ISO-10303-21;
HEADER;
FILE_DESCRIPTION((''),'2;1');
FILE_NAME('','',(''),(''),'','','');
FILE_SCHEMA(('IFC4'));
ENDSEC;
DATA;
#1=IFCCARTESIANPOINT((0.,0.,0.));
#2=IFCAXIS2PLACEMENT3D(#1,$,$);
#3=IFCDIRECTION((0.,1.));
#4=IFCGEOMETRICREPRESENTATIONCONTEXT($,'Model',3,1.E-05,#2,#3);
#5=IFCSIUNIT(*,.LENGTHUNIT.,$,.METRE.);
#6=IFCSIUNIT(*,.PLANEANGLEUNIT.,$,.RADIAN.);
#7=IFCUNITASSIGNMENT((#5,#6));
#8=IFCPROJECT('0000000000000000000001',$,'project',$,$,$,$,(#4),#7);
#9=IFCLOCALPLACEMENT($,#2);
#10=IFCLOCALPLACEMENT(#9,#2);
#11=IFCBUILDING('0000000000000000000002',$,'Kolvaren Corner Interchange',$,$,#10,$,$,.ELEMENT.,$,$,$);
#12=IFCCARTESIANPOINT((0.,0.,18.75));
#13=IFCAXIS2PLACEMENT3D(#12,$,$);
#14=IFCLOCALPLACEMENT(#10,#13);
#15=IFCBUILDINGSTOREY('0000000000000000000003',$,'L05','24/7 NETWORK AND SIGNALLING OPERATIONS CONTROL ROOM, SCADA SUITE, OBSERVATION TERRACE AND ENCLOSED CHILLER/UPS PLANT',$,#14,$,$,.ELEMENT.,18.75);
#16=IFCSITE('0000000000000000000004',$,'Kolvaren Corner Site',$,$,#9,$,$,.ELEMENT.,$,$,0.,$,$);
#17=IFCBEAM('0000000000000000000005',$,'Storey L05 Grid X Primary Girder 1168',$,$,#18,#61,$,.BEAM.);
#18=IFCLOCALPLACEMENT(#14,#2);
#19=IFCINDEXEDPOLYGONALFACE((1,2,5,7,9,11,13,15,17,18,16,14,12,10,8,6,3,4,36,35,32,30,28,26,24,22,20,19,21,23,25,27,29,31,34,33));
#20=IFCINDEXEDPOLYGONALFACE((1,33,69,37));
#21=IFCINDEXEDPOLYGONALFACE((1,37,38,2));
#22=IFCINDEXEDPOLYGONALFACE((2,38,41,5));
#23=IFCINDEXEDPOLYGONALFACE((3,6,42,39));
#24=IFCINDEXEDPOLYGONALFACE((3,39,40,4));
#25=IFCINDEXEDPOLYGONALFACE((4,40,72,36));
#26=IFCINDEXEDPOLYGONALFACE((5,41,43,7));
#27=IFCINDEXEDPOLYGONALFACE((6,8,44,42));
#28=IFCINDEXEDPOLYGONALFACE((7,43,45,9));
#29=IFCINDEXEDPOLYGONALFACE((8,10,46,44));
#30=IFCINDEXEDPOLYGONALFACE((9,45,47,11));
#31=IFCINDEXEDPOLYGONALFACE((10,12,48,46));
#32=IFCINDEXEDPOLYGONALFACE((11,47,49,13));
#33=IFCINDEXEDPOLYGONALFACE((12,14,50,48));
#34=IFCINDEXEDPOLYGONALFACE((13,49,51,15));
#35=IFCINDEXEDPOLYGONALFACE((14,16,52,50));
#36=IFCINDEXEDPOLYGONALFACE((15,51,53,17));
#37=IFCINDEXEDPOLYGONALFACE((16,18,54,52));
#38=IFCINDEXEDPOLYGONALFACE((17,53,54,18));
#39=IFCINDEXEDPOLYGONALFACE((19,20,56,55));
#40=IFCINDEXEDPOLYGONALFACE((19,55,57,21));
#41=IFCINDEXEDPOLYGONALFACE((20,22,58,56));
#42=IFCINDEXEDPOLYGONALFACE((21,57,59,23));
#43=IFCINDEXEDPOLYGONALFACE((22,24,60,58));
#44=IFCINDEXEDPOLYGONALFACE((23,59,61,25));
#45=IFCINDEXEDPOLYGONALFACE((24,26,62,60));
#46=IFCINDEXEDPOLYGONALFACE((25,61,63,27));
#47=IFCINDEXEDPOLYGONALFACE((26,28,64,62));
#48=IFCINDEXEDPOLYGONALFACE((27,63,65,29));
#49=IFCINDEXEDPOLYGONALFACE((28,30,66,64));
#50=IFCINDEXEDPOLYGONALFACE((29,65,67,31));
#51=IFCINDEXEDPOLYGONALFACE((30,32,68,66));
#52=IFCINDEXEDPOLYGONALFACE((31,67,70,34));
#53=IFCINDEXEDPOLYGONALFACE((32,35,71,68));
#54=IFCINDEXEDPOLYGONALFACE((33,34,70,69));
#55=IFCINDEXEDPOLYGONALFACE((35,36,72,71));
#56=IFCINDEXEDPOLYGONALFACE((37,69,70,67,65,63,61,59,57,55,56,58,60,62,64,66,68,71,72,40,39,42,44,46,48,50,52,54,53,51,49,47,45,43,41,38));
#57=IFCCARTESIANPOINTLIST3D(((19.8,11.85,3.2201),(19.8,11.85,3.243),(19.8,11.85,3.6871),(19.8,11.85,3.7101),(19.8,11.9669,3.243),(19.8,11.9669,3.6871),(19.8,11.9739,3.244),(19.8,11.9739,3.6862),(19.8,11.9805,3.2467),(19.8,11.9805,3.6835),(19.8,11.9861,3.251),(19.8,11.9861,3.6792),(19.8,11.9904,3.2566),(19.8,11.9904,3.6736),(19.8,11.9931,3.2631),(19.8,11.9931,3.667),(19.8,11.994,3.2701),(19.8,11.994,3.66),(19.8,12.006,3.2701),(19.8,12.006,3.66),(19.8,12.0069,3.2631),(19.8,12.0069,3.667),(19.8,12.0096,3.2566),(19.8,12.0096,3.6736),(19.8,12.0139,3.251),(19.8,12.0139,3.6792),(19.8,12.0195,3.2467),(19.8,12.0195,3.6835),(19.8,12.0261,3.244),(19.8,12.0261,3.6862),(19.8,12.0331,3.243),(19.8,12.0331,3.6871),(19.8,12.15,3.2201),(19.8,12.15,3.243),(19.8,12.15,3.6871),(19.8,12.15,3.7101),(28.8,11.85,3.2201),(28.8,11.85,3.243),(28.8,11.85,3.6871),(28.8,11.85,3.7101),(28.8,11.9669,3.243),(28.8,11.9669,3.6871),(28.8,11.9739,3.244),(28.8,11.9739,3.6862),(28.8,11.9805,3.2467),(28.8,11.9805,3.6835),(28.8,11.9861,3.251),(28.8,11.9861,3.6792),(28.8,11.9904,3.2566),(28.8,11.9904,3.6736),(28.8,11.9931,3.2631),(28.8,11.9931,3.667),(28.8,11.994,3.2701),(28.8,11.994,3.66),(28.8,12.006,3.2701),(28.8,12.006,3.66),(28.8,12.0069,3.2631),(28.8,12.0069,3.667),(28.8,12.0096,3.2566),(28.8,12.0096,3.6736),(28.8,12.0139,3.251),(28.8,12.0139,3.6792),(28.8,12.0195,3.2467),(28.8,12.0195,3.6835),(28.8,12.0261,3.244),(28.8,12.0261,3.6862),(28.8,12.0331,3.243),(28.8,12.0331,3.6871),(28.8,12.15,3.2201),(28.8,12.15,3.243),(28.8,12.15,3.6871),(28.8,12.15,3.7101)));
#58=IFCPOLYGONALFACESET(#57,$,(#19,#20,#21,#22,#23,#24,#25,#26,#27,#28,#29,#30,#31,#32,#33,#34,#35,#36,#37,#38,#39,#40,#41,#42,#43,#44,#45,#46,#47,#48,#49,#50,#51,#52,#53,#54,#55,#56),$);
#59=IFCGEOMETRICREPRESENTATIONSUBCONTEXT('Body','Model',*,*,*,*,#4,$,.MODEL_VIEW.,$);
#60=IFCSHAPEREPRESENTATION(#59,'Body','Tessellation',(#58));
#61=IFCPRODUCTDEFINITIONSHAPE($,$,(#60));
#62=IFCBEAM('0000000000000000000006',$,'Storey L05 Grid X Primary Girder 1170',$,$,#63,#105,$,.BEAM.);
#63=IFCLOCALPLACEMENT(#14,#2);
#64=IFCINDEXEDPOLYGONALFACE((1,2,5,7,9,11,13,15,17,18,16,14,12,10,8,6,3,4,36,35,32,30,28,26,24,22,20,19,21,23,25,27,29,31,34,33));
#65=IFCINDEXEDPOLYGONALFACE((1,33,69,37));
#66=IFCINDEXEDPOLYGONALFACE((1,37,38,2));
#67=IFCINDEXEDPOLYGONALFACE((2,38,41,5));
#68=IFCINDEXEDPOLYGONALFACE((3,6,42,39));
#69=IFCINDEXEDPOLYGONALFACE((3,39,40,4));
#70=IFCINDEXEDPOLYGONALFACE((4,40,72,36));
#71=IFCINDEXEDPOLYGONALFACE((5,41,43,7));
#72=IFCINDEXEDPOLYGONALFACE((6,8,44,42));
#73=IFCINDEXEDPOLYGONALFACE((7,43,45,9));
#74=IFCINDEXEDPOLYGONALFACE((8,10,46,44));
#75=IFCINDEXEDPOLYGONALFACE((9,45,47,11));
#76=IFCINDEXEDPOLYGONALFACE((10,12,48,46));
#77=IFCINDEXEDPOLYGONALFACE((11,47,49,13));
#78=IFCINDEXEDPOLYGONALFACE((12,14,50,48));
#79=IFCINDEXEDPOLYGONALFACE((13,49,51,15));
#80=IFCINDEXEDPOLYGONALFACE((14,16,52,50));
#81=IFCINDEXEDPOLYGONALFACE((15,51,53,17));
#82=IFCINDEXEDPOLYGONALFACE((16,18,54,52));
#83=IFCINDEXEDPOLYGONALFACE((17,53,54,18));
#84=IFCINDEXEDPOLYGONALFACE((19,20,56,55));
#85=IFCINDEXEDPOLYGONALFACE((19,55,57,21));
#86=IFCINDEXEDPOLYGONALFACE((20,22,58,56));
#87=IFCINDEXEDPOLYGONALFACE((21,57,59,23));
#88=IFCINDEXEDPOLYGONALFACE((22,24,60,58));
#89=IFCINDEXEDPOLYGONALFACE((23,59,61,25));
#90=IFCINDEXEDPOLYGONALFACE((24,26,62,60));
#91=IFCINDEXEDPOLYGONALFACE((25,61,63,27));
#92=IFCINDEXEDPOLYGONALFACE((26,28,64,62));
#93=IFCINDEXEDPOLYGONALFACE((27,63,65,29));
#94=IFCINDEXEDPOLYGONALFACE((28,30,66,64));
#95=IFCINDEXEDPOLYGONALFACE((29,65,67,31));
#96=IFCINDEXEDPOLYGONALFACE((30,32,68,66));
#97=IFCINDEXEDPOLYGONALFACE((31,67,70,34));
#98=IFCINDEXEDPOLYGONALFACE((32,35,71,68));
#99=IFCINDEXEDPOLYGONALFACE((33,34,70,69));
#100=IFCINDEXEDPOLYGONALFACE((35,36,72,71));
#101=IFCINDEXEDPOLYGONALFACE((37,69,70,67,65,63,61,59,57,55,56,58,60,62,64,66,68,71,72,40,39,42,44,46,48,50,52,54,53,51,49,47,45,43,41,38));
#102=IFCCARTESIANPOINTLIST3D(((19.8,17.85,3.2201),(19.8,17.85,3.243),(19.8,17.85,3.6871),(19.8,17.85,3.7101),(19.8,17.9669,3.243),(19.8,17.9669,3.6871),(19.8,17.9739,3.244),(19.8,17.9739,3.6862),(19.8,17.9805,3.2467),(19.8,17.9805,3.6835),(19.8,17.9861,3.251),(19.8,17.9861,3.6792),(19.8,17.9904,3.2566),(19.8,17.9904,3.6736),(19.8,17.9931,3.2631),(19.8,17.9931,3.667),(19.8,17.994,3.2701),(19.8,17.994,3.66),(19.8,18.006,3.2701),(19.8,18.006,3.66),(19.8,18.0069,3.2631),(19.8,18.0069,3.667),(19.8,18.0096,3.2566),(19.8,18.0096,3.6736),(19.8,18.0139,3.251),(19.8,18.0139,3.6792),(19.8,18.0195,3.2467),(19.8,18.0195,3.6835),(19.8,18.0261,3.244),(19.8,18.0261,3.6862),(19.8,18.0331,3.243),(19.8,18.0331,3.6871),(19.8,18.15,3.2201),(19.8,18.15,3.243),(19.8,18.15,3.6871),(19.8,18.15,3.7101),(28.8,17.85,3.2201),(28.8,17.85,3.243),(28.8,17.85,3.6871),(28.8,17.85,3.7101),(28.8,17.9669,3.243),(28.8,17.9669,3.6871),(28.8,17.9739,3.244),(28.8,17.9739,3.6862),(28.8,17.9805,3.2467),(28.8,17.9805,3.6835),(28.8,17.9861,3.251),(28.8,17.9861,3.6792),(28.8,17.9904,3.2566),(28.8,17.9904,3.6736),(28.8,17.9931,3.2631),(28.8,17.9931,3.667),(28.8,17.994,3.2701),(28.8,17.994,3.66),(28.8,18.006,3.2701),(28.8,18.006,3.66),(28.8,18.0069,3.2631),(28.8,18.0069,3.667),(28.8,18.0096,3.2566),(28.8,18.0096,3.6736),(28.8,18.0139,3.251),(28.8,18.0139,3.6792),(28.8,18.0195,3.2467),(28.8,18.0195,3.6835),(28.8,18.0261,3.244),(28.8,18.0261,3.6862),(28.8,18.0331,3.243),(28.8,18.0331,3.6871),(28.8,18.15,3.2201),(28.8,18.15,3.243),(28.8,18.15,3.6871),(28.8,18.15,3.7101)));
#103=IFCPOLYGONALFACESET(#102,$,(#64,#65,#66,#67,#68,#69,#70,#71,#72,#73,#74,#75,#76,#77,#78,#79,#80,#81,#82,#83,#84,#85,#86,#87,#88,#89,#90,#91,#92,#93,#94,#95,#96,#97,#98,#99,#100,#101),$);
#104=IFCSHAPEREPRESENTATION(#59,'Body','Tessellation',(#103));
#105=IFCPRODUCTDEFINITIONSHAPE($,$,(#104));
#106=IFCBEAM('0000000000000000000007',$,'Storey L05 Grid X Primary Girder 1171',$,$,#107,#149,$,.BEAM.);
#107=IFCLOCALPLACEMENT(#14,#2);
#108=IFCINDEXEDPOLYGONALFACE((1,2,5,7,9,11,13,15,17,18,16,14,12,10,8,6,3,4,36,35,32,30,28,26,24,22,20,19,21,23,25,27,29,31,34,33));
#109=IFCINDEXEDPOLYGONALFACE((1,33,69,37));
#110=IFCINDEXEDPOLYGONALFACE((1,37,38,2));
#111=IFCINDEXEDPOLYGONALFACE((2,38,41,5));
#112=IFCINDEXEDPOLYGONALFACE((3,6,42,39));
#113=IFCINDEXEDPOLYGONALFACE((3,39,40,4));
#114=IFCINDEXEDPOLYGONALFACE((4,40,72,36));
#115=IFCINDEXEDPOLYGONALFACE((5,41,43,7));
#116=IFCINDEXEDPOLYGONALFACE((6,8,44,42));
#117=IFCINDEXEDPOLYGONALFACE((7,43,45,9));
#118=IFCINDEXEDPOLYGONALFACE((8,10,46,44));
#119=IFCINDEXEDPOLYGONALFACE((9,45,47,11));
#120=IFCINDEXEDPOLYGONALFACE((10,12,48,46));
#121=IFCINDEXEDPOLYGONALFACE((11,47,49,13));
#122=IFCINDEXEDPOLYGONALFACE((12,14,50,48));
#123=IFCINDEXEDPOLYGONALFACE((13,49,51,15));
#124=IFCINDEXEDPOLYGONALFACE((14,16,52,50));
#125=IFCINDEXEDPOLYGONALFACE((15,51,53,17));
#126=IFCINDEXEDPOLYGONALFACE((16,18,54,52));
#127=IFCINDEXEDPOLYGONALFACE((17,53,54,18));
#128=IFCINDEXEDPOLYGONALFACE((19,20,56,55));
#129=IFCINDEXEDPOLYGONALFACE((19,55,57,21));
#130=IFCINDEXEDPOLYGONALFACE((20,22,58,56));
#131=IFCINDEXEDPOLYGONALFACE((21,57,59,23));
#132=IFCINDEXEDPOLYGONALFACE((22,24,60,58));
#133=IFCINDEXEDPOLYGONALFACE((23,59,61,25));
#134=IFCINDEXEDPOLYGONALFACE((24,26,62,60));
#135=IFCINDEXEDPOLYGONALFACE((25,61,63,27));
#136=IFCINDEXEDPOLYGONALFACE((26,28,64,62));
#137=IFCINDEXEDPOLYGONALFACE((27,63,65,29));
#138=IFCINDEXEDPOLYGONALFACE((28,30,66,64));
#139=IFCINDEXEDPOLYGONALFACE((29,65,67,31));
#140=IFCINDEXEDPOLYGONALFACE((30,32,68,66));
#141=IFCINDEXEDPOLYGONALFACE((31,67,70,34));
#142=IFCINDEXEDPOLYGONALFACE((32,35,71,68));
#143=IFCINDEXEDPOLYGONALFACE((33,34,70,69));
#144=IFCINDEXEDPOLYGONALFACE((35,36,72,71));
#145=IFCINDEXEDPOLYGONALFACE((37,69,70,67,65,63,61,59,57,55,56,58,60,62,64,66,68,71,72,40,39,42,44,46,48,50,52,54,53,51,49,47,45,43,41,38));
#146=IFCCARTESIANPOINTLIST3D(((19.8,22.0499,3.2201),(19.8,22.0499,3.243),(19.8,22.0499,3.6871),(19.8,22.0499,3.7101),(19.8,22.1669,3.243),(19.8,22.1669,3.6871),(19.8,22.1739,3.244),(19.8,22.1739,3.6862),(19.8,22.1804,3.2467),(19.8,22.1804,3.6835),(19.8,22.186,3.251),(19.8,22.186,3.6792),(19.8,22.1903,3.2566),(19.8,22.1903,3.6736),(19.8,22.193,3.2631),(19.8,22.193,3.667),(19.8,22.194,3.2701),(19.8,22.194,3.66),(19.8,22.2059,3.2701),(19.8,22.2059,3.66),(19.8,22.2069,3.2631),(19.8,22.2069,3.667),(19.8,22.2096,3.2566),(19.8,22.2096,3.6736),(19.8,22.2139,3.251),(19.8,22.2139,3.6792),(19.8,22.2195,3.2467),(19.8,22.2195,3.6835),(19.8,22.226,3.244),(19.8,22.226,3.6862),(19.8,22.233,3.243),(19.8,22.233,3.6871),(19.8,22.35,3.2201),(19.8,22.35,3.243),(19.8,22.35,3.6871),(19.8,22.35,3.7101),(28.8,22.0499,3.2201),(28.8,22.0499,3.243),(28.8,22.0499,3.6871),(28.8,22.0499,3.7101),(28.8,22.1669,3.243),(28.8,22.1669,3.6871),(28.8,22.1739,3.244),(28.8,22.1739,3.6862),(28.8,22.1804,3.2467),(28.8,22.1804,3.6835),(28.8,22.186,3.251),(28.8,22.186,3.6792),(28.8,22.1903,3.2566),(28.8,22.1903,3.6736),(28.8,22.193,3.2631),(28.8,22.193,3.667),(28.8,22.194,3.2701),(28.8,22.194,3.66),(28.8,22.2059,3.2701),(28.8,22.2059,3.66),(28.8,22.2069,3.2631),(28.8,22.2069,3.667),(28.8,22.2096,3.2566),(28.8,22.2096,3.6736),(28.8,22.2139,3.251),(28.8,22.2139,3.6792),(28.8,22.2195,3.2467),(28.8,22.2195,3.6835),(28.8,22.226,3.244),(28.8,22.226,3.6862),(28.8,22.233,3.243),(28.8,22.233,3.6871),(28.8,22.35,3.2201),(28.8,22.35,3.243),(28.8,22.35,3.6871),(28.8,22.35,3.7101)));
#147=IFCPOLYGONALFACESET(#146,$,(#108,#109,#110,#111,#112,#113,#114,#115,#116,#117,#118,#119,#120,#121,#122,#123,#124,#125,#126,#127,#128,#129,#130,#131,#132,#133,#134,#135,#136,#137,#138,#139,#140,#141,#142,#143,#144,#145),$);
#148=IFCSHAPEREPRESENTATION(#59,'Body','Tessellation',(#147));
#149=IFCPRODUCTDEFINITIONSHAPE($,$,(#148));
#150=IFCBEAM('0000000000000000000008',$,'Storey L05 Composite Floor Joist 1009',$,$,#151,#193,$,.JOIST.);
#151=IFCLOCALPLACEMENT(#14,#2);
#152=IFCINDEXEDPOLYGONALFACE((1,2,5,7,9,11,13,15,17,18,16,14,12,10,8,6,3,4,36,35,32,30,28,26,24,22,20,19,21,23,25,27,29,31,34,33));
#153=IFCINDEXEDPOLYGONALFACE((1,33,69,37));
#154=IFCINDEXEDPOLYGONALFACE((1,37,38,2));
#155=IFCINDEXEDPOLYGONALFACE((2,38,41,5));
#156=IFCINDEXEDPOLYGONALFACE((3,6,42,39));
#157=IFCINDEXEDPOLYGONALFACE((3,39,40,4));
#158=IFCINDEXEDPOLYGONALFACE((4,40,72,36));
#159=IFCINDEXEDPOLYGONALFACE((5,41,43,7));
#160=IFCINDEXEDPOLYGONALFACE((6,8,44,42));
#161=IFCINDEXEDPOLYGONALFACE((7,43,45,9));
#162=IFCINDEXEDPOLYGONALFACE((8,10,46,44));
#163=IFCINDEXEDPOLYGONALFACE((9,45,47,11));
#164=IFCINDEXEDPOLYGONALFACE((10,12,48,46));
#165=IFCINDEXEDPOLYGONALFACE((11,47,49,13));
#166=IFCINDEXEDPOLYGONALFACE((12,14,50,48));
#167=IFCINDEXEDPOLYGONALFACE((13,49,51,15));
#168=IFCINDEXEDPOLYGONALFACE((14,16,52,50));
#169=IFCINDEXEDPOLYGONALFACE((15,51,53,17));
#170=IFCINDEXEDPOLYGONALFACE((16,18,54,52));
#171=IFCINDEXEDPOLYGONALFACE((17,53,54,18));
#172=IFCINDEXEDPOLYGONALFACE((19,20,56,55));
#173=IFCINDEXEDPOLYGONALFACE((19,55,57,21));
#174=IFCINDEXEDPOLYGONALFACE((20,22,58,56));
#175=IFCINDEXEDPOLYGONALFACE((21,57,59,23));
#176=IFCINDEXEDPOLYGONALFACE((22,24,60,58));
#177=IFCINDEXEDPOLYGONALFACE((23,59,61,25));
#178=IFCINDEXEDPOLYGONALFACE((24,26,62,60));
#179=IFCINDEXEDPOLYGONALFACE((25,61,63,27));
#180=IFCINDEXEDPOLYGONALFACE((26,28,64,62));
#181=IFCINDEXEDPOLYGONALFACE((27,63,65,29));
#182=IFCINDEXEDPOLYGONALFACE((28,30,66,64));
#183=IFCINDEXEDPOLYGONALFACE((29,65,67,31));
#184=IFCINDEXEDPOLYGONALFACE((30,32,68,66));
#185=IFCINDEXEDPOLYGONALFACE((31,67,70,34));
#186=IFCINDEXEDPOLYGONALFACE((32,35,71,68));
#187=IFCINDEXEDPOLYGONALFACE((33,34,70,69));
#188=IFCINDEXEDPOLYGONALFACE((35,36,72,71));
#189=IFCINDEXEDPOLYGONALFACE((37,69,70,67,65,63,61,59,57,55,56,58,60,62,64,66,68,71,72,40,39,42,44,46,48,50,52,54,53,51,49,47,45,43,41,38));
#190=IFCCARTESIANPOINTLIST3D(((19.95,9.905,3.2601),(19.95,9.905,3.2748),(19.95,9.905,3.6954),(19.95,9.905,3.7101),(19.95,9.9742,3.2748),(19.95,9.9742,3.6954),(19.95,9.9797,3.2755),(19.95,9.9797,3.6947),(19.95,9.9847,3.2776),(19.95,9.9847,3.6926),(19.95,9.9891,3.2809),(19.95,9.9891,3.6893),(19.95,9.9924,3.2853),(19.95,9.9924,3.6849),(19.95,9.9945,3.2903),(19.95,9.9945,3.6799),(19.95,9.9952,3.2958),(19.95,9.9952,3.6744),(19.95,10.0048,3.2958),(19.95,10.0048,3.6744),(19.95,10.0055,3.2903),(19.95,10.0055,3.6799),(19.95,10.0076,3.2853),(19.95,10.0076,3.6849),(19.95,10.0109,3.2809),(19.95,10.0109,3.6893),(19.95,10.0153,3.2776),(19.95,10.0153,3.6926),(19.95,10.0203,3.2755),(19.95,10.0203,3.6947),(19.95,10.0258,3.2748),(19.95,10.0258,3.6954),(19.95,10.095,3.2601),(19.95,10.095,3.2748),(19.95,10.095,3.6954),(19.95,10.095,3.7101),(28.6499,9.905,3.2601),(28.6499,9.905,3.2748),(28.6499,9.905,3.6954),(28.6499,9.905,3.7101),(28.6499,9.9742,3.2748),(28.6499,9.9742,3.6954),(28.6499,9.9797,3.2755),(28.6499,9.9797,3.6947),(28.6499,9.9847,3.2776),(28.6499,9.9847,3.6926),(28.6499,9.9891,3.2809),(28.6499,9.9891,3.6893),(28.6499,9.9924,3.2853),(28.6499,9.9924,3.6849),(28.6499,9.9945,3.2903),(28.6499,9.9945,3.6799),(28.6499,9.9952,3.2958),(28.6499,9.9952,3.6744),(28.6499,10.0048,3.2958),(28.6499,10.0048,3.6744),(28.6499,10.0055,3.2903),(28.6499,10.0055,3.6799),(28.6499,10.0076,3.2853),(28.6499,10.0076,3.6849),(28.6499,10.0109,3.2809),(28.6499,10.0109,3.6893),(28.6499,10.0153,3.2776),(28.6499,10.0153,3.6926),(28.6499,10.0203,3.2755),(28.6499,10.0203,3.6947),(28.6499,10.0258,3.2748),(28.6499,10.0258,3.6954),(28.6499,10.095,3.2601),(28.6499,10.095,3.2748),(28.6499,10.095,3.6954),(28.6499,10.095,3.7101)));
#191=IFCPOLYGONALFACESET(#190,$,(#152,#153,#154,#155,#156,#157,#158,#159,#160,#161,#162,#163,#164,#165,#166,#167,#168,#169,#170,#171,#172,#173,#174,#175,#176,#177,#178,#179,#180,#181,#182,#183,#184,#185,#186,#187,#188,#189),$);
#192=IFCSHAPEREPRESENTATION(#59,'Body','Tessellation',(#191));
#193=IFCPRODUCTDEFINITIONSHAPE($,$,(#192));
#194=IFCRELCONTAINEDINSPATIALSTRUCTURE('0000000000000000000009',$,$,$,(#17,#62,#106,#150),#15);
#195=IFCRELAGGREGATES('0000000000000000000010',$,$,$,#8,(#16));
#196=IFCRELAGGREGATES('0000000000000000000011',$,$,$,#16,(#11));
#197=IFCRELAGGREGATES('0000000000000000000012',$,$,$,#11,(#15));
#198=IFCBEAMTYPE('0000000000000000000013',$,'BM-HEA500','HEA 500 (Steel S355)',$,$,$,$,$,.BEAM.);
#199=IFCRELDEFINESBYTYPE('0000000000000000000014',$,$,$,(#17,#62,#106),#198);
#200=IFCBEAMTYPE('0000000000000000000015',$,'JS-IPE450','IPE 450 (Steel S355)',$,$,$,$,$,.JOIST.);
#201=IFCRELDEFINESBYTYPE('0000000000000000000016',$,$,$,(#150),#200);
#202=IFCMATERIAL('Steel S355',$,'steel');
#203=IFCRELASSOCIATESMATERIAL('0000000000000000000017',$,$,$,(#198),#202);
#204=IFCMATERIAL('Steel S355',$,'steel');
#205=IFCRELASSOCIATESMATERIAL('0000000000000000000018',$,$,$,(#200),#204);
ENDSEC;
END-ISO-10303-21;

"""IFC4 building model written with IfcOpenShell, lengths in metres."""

from ifc_helpers import new_model, si_unit, direction, frame, origin, origin_2d, place, context, subcontext, project, spatial, i_section, extrude, material, material_profile, profile_set, type_object, element, save


model = new_model("IFC4")

# Units and contexts
model_context = context("Model", 3, precision=1e-05, world=origin(), true_north=direction((0.0, 1.0)))
body_context = subcontext(model_context, "Body", "Model", "MODEL_VIEW")
ifc_project = project(units=[si_unit("LENGTHUNIT", "METRE"), si_unit("PLANEANGLEUNIT", "RADIAN")], contexts=[model_context])

# Site, building, storey
site_placement = place(None, origin())
site = spatial("IfcSite", under=ifc_project, at=site_placement, Name="Kolvaren Corner Site", CompositionType="ELEMENT", RefElevation=0.0)
building_placement = place(site_placement, origin())
building = spatial("IfcBuilding", under=site, at=building_placement, Name="Kolvaren Corner Interchange", CompositionType="ELEMENT")
storey_placement = place(building_placement, frame((0.0, 0.0, 18.75)))
storey = spatial("IfcBuildingStorey", under=building, at=storey_placement, Name="L05", Description="24/7 NETWORK AND SIGNALLING OPERATIONS CONTROL ROOM, SCADA SUITE, OBSERVATION TERRACE AND ENCLOSED CHILLER/UPS PLANT", CompositionType="ELEMENT", Elevation=18.75)

# Beams
ifc_material_1 = material(Name="Steel S355", Category="steel")
ifc_material_profile_1 = material_profile(ifc_material_1, i_section(OverallWidth=0.3, OverallDepth=0.49, WebThickness=0.012, FlangeThickness=0.0229, FilletRadius=0.0271, at=origin_2d()), Name="HEA 500")
ifc_profile_set_1 = profile_set([ifc_material_profile_1], Name="Steel S355")
beam_type_1 = type_object("IfcBeamType", Name="BM-HEA500", Description="HEA 500 (Steel S355)", PredefinedType="BEAM", material=ifc_profile_set_1)
for number, where, z_axis, x_axis, name in (
    (1, (19.8, 12.0, 3.4651), (1.0, 0.0, 0.0), (0.0, 1.0, 0.0), "Storey L05 Grid X Primary Girder 1168"),
    (2, (19.8, 18.0, 3.4651), (1.0, 0.0, 0.0), (0.0, 1.0, 0.0), "Storey L05 Grid X Primary Girder 1170"),
    (3, (19.8, 22.2, 3.4651), (1.0, 0.0, 0.0), (0.0, 1.0, 0.0), "Storey L05 Grid X Primary Girder 1171"),
):
    element("IfcBeam", number, at=place(storey_placement, frame(where, z_axis=z_axis, x_axis=x_axis)), inside=storey, type_object=beam_type_1, Name=name, PredefinedType="BEAM", context=body_context, shape_type="SweptSolid", body=[
        extrude(i_section(OverallWidth=0.3, OverallDepth=0.49, WebThickness=0.012, FlangeThickness=0.0229, FilletRadius=0.0271, at=origin_2d()), origin(), (0.0, 0.0, 1.0), 9.0),
    ])
ifc_material_2 = material(Name="Steel S355", Category="steel")
ifc_material_profile_2 = material_profile(ifc_material_2, i_section(OverallWidth=0.1899, OverallDepth=0.45, WebThickness=0.0095, FlangeThickness=0.0146, FilletRadius=0.021, at=origin_2d()), Name="IPE 450")
ifc_profile_set_2 = profile_set([ifc_material_profile_2], Name="Steel S355")
beam_type_2 = type_object("IfcBeamType", Name="JS-IPE450", Description="IPE 450 (Steel S355)", PredefinedType="JOIST", material=ifc_profile_set_2)
for number, where, z_axis, x_axis, name in (
    (4, (19.95, 10.0, 3.4851), (1.0, 0.0, 0.0), (0.0, 1.0, 0.0), "Storey L05 Composite Floor Joist 1009"),
):
    element("IfcBeam", number, at=place(storey_placement, frame(where, z_axis=z_axis, x_axis=x_axis)), inside=storey, type_object=beam_type_2, Name=name, PredefinedType="JOIST", context=body_context, shape_type="SweptSolid", body=[
        extrude(i_section(OverallWidth=0.1899, OverallDepth=0.45, WebThickness=0.0095, FlangeThickness=0.0146, FilletRadius=0.021, at=origin_2d()), origin(), (0.0, 0.0, 1.0), 8.7),
    ])

save(model, "model.ifc")
